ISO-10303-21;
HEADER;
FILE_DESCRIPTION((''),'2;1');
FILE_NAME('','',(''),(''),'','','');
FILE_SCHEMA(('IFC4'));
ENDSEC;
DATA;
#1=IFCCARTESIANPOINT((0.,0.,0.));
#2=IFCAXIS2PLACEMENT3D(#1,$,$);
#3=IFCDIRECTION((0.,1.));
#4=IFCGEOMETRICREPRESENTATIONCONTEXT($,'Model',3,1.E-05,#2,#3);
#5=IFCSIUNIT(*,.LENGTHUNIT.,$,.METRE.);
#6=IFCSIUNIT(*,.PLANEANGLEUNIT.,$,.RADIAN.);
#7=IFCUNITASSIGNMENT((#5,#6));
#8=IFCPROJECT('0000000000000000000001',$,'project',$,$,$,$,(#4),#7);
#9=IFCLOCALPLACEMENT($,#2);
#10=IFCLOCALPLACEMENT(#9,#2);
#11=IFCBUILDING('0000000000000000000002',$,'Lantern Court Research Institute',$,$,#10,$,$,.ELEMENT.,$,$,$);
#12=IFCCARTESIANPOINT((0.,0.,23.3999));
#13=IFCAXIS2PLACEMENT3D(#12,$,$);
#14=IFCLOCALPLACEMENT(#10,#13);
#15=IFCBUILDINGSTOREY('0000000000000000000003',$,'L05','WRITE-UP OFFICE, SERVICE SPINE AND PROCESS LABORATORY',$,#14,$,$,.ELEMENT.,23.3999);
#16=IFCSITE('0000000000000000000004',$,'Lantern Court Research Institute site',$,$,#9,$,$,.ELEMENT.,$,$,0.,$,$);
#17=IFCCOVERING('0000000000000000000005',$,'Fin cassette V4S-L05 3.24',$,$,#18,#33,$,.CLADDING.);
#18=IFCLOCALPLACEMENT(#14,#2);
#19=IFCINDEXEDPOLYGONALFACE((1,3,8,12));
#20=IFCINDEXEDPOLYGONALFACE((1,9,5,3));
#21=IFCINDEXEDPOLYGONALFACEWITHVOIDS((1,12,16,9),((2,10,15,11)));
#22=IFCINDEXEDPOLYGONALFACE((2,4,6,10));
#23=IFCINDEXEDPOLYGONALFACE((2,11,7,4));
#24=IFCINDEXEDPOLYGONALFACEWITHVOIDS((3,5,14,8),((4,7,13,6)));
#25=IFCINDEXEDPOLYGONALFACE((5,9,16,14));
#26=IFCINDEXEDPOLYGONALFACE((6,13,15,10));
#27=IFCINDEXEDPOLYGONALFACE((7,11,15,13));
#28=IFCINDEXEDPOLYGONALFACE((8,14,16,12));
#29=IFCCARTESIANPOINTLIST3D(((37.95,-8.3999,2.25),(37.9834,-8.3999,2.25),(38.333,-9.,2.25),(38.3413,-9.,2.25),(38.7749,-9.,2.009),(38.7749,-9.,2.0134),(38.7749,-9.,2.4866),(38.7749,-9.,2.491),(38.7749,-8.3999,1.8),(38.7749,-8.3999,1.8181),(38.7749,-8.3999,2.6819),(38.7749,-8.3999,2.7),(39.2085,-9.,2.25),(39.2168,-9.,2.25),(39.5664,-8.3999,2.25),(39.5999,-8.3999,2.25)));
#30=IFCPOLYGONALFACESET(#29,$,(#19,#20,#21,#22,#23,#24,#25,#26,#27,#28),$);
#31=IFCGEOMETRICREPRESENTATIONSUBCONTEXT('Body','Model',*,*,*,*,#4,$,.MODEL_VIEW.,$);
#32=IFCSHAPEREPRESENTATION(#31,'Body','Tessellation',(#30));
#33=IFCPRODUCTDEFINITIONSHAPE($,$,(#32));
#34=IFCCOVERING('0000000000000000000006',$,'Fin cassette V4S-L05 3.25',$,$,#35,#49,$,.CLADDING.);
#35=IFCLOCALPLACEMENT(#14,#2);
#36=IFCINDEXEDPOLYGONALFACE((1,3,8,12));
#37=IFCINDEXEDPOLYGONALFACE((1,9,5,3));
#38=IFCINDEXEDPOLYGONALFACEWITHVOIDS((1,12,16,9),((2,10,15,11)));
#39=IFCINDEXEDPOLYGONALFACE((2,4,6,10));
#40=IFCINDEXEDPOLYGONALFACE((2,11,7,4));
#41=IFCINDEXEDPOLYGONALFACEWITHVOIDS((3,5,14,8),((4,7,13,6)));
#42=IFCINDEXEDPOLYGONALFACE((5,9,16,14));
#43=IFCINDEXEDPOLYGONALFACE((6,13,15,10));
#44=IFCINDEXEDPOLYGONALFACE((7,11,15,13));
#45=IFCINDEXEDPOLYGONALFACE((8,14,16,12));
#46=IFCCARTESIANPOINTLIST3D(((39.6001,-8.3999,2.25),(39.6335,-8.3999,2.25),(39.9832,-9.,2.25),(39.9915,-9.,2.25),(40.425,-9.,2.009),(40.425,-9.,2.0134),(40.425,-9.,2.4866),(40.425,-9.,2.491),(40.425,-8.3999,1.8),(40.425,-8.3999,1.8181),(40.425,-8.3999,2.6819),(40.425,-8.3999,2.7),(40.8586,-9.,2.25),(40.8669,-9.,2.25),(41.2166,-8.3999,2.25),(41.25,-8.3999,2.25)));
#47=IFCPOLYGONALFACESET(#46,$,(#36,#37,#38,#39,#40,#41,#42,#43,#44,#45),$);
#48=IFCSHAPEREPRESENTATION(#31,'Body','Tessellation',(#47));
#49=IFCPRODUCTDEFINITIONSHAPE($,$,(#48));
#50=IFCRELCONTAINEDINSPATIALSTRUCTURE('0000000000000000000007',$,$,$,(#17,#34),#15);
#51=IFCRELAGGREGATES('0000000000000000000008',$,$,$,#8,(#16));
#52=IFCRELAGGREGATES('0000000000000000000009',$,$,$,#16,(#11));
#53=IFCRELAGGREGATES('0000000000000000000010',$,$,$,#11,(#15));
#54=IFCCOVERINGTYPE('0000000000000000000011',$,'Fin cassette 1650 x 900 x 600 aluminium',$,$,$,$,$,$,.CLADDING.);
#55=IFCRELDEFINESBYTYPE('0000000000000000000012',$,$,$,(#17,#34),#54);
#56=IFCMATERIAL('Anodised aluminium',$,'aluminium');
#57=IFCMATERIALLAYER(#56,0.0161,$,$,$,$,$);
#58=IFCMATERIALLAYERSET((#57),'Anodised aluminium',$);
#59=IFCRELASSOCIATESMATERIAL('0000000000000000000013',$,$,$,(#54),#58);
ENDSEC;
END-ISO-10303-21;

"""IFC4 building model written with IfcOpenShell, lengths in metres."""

from ifc_helpers import new_model, entity, si_unit, direction, frame, origin, place, context, subcontext, project, spatial, material, layer, layer_set, type_object, element, save


model = new_model("IFC4")

# Units and contexts
model_context = context("Model", 3, precision=1e-05, world=origin(), true_north=direction((0.0, 1.0)))
body_context = subcontext(model_context, "Body", "Model", "MODEL_VIEW")
ifc_project = project(units=[si_unit("LENGTHUNIT", "METRE"), si_unit("PLANEANGLEUNIT", "RADIAN")], contexts=[model_context])

# Site, building, storey
site_placement = place(None, origin())
site = spatial("IfcSite", under=ifc_project, at=site_placement, Name="Lantern Court Research Institute site", CompositionType="ELEMENT", RefElevation=0.0)
building_placement = place(site_placement, origin())
building = spatial("IfcBuilding", under=site, at=building_placement, Name="Lantern Court Research Institute", CompositionType="ELEMENT")
storey_placement = place(building_placement, frame((0.0, 0.0, 23.3999)))
storey = spatial("IfcBuildingStorey", under=building, at=storey_placement, Name="L05", Description="WRITE-UP OFFICE, SERVICE SPINE AND PROCESS LABORATORY", CompositionType="ELEMENT", Elevation=23.3999)

# Coverings
ifc_material_1 = material(Name="Anodised aluminium", Category="aluminium")
ifc_layer_1 = layer(ifc_material_1, 0.0161)
ifc_layer_set_1 = layer_set([ifc_layer_1], Name="Anodised aluminium")
covering_type = type_object("IfcCoveringType", Name="Fin cassette 1650 x 900 x 600 aluminium", PredefinedType="CLADDING", material=ifc_layer_set_1)
covering_1_placement = place(storey_placement, frame((38.7749, -8.3999, 2.25), z_axis=(0.0, -1.0, 0.0), x_axis=(1.0, 0.0, 0.0)))
cartesian_point_1 = entity("IfcCartesianPoint", [0.825, 0.0])
cartesian_point_2 = entity("IfcCartesianPoint", [0.7915, 0.0])
cartesian_point_3 = entity("IfcCartesianPoint", [0.4419, 0.0])
cartesian_point_4 = entity("IfcCartesianPoint", [0.4336, 0.0])
element("IfcCovering", 1, at=covering_1_placement, inside=storey, type_object=covering_type, Name="Fin cassette V4S-L05 3.24", PredefinedType="CLADDING", context=body_context, shape_type="SweptSolid", body=[
    entity("IfcExtrudedAreaSolidTapered", entity("IfcArbitraryProfileDefWithVoids", "AREA", None, entity("IfcPolyline", [cartesian_point_1, entity("IfcCartesianPoint", [0.0, 0.45]), entity("IfcCartesianPoint", [-0.825, 0.0]), entity("IfcCartesianPoint", [0.0, -0.45]), cartesian_point_1]), [entity("IfcPolyline", [cartesian_point_2, entity("IfcCartesianPoint", [0.0, 0.4319]), entity("IfcCartesianPoint", [-0.7915, 0.0]), entity("IfcCartesianPoint", [0.0, -0.4319]), cartesian_point_2])]), entity("IfcAxis2Placement3D", entity("IfcCartesianPoint", [0.0, 0.0, 0.0])), entity("IfcDirection", [0.0, 0.0, 1.0]), 0.6001, entity("IfcArbitraryProfileDefWithVoids", "AREA", None, entity("IfcPolyline", [cartesian_point_3, entity("IfcCartesianPoint", [0.0, 0.241]), entity("IfcCartesianPoint", [-0.4419, 0.0]), entity("IfcCartesianPoint", [0.0, -0.241]), cartesian_point_3]), [entity("IfcPolyline", [cartesian_point_4, entity("IfcCartesianPoint", [0.0, 0.2366]), entity("IfcCartesianPoint", [-0.4336, 0.0]), entity("IfcCartesianPoint", [0.0, -0.2366]), cartesian_point_4])])),
])
covering_2_placement = place(storey_placement, frame((40.425, -8.3999, 2.25), z_axis=(0.0, -1.0, 0.0), x_axis=(1.0, 0.0, 0.0)))
cartesian_point_5 = entity("IfcCartesianPoint", [0.825, 0.0])
cartesian_point_6 = entity("IfcCartesianPoint", [0.7915, 0.0])
cartesian_point_7 = entity("IfcCartesianPoint", [0.4419, 0.0])
cartesian_point_8 = entity("IfcCartesianPoint", [0.4336, 0.0])
element("IfcCovering", 2, at=covering_2_placement, inside=storey, type_object=covering_type, Name="Fin cassette V4S-L05 3.25", PredefinedType="CLADDING", context=body_context, shape_type="SweptSolid", body=[
    entity("IfcExtrudedAreaSolidTapered", entity("IfcArbitraryProfileDefWithVoids", "AREA", None, entity("IfcPolyline", [cartesian_point_5, entity("IfcCartesianPoint", [0.0, 0.45]), entity("IfcCartesianPoint", [-0.825, 0.0]), entity("IfcCartesianPoint", [0.0, -0.45]), cartesian_point_5]), [entity("IfcPolyline", [cartesian_point_6, entity("IfcCartesianPoint", [0.0, 0.4319]), entity("IfcCartesianPoint", [-0.7915, 0.0]), entity("IfcCartesianPoint", [0.0, -0.4319]), cartesian_point_6])]), entity("IfcAxis2Placement3D", entity("IfcCartesianPoint", [0.0, 0.0, 0.0])), entity("IfcDirection", [0.0, 0.0, 1.0]), 0.6001, entity("IfcArbitraryProfileDefWithVoids", "AREA", None, entity("IfcPolyline", [cartesian_point_7, entity("IfcCartesianPoint", [0.0, 0.241]), entity("IfcCartesianPoint", [-0.4419, 0.0]), entity("IfcCartesianPoint", [0.0, -0.241]), cartesian_point_7]), [entity("IfcPolyline", [cartesian_point_8, entity("IfcCartesianPoint", [0.0, 0.2366]), entity("IfcCartesianPoint", [-0.4336, 0.0]), entity("IfcCartesianPoint", [0.0, -0.2366]), cartesian_point_8])])),
])

save(model, "model.ifc")
